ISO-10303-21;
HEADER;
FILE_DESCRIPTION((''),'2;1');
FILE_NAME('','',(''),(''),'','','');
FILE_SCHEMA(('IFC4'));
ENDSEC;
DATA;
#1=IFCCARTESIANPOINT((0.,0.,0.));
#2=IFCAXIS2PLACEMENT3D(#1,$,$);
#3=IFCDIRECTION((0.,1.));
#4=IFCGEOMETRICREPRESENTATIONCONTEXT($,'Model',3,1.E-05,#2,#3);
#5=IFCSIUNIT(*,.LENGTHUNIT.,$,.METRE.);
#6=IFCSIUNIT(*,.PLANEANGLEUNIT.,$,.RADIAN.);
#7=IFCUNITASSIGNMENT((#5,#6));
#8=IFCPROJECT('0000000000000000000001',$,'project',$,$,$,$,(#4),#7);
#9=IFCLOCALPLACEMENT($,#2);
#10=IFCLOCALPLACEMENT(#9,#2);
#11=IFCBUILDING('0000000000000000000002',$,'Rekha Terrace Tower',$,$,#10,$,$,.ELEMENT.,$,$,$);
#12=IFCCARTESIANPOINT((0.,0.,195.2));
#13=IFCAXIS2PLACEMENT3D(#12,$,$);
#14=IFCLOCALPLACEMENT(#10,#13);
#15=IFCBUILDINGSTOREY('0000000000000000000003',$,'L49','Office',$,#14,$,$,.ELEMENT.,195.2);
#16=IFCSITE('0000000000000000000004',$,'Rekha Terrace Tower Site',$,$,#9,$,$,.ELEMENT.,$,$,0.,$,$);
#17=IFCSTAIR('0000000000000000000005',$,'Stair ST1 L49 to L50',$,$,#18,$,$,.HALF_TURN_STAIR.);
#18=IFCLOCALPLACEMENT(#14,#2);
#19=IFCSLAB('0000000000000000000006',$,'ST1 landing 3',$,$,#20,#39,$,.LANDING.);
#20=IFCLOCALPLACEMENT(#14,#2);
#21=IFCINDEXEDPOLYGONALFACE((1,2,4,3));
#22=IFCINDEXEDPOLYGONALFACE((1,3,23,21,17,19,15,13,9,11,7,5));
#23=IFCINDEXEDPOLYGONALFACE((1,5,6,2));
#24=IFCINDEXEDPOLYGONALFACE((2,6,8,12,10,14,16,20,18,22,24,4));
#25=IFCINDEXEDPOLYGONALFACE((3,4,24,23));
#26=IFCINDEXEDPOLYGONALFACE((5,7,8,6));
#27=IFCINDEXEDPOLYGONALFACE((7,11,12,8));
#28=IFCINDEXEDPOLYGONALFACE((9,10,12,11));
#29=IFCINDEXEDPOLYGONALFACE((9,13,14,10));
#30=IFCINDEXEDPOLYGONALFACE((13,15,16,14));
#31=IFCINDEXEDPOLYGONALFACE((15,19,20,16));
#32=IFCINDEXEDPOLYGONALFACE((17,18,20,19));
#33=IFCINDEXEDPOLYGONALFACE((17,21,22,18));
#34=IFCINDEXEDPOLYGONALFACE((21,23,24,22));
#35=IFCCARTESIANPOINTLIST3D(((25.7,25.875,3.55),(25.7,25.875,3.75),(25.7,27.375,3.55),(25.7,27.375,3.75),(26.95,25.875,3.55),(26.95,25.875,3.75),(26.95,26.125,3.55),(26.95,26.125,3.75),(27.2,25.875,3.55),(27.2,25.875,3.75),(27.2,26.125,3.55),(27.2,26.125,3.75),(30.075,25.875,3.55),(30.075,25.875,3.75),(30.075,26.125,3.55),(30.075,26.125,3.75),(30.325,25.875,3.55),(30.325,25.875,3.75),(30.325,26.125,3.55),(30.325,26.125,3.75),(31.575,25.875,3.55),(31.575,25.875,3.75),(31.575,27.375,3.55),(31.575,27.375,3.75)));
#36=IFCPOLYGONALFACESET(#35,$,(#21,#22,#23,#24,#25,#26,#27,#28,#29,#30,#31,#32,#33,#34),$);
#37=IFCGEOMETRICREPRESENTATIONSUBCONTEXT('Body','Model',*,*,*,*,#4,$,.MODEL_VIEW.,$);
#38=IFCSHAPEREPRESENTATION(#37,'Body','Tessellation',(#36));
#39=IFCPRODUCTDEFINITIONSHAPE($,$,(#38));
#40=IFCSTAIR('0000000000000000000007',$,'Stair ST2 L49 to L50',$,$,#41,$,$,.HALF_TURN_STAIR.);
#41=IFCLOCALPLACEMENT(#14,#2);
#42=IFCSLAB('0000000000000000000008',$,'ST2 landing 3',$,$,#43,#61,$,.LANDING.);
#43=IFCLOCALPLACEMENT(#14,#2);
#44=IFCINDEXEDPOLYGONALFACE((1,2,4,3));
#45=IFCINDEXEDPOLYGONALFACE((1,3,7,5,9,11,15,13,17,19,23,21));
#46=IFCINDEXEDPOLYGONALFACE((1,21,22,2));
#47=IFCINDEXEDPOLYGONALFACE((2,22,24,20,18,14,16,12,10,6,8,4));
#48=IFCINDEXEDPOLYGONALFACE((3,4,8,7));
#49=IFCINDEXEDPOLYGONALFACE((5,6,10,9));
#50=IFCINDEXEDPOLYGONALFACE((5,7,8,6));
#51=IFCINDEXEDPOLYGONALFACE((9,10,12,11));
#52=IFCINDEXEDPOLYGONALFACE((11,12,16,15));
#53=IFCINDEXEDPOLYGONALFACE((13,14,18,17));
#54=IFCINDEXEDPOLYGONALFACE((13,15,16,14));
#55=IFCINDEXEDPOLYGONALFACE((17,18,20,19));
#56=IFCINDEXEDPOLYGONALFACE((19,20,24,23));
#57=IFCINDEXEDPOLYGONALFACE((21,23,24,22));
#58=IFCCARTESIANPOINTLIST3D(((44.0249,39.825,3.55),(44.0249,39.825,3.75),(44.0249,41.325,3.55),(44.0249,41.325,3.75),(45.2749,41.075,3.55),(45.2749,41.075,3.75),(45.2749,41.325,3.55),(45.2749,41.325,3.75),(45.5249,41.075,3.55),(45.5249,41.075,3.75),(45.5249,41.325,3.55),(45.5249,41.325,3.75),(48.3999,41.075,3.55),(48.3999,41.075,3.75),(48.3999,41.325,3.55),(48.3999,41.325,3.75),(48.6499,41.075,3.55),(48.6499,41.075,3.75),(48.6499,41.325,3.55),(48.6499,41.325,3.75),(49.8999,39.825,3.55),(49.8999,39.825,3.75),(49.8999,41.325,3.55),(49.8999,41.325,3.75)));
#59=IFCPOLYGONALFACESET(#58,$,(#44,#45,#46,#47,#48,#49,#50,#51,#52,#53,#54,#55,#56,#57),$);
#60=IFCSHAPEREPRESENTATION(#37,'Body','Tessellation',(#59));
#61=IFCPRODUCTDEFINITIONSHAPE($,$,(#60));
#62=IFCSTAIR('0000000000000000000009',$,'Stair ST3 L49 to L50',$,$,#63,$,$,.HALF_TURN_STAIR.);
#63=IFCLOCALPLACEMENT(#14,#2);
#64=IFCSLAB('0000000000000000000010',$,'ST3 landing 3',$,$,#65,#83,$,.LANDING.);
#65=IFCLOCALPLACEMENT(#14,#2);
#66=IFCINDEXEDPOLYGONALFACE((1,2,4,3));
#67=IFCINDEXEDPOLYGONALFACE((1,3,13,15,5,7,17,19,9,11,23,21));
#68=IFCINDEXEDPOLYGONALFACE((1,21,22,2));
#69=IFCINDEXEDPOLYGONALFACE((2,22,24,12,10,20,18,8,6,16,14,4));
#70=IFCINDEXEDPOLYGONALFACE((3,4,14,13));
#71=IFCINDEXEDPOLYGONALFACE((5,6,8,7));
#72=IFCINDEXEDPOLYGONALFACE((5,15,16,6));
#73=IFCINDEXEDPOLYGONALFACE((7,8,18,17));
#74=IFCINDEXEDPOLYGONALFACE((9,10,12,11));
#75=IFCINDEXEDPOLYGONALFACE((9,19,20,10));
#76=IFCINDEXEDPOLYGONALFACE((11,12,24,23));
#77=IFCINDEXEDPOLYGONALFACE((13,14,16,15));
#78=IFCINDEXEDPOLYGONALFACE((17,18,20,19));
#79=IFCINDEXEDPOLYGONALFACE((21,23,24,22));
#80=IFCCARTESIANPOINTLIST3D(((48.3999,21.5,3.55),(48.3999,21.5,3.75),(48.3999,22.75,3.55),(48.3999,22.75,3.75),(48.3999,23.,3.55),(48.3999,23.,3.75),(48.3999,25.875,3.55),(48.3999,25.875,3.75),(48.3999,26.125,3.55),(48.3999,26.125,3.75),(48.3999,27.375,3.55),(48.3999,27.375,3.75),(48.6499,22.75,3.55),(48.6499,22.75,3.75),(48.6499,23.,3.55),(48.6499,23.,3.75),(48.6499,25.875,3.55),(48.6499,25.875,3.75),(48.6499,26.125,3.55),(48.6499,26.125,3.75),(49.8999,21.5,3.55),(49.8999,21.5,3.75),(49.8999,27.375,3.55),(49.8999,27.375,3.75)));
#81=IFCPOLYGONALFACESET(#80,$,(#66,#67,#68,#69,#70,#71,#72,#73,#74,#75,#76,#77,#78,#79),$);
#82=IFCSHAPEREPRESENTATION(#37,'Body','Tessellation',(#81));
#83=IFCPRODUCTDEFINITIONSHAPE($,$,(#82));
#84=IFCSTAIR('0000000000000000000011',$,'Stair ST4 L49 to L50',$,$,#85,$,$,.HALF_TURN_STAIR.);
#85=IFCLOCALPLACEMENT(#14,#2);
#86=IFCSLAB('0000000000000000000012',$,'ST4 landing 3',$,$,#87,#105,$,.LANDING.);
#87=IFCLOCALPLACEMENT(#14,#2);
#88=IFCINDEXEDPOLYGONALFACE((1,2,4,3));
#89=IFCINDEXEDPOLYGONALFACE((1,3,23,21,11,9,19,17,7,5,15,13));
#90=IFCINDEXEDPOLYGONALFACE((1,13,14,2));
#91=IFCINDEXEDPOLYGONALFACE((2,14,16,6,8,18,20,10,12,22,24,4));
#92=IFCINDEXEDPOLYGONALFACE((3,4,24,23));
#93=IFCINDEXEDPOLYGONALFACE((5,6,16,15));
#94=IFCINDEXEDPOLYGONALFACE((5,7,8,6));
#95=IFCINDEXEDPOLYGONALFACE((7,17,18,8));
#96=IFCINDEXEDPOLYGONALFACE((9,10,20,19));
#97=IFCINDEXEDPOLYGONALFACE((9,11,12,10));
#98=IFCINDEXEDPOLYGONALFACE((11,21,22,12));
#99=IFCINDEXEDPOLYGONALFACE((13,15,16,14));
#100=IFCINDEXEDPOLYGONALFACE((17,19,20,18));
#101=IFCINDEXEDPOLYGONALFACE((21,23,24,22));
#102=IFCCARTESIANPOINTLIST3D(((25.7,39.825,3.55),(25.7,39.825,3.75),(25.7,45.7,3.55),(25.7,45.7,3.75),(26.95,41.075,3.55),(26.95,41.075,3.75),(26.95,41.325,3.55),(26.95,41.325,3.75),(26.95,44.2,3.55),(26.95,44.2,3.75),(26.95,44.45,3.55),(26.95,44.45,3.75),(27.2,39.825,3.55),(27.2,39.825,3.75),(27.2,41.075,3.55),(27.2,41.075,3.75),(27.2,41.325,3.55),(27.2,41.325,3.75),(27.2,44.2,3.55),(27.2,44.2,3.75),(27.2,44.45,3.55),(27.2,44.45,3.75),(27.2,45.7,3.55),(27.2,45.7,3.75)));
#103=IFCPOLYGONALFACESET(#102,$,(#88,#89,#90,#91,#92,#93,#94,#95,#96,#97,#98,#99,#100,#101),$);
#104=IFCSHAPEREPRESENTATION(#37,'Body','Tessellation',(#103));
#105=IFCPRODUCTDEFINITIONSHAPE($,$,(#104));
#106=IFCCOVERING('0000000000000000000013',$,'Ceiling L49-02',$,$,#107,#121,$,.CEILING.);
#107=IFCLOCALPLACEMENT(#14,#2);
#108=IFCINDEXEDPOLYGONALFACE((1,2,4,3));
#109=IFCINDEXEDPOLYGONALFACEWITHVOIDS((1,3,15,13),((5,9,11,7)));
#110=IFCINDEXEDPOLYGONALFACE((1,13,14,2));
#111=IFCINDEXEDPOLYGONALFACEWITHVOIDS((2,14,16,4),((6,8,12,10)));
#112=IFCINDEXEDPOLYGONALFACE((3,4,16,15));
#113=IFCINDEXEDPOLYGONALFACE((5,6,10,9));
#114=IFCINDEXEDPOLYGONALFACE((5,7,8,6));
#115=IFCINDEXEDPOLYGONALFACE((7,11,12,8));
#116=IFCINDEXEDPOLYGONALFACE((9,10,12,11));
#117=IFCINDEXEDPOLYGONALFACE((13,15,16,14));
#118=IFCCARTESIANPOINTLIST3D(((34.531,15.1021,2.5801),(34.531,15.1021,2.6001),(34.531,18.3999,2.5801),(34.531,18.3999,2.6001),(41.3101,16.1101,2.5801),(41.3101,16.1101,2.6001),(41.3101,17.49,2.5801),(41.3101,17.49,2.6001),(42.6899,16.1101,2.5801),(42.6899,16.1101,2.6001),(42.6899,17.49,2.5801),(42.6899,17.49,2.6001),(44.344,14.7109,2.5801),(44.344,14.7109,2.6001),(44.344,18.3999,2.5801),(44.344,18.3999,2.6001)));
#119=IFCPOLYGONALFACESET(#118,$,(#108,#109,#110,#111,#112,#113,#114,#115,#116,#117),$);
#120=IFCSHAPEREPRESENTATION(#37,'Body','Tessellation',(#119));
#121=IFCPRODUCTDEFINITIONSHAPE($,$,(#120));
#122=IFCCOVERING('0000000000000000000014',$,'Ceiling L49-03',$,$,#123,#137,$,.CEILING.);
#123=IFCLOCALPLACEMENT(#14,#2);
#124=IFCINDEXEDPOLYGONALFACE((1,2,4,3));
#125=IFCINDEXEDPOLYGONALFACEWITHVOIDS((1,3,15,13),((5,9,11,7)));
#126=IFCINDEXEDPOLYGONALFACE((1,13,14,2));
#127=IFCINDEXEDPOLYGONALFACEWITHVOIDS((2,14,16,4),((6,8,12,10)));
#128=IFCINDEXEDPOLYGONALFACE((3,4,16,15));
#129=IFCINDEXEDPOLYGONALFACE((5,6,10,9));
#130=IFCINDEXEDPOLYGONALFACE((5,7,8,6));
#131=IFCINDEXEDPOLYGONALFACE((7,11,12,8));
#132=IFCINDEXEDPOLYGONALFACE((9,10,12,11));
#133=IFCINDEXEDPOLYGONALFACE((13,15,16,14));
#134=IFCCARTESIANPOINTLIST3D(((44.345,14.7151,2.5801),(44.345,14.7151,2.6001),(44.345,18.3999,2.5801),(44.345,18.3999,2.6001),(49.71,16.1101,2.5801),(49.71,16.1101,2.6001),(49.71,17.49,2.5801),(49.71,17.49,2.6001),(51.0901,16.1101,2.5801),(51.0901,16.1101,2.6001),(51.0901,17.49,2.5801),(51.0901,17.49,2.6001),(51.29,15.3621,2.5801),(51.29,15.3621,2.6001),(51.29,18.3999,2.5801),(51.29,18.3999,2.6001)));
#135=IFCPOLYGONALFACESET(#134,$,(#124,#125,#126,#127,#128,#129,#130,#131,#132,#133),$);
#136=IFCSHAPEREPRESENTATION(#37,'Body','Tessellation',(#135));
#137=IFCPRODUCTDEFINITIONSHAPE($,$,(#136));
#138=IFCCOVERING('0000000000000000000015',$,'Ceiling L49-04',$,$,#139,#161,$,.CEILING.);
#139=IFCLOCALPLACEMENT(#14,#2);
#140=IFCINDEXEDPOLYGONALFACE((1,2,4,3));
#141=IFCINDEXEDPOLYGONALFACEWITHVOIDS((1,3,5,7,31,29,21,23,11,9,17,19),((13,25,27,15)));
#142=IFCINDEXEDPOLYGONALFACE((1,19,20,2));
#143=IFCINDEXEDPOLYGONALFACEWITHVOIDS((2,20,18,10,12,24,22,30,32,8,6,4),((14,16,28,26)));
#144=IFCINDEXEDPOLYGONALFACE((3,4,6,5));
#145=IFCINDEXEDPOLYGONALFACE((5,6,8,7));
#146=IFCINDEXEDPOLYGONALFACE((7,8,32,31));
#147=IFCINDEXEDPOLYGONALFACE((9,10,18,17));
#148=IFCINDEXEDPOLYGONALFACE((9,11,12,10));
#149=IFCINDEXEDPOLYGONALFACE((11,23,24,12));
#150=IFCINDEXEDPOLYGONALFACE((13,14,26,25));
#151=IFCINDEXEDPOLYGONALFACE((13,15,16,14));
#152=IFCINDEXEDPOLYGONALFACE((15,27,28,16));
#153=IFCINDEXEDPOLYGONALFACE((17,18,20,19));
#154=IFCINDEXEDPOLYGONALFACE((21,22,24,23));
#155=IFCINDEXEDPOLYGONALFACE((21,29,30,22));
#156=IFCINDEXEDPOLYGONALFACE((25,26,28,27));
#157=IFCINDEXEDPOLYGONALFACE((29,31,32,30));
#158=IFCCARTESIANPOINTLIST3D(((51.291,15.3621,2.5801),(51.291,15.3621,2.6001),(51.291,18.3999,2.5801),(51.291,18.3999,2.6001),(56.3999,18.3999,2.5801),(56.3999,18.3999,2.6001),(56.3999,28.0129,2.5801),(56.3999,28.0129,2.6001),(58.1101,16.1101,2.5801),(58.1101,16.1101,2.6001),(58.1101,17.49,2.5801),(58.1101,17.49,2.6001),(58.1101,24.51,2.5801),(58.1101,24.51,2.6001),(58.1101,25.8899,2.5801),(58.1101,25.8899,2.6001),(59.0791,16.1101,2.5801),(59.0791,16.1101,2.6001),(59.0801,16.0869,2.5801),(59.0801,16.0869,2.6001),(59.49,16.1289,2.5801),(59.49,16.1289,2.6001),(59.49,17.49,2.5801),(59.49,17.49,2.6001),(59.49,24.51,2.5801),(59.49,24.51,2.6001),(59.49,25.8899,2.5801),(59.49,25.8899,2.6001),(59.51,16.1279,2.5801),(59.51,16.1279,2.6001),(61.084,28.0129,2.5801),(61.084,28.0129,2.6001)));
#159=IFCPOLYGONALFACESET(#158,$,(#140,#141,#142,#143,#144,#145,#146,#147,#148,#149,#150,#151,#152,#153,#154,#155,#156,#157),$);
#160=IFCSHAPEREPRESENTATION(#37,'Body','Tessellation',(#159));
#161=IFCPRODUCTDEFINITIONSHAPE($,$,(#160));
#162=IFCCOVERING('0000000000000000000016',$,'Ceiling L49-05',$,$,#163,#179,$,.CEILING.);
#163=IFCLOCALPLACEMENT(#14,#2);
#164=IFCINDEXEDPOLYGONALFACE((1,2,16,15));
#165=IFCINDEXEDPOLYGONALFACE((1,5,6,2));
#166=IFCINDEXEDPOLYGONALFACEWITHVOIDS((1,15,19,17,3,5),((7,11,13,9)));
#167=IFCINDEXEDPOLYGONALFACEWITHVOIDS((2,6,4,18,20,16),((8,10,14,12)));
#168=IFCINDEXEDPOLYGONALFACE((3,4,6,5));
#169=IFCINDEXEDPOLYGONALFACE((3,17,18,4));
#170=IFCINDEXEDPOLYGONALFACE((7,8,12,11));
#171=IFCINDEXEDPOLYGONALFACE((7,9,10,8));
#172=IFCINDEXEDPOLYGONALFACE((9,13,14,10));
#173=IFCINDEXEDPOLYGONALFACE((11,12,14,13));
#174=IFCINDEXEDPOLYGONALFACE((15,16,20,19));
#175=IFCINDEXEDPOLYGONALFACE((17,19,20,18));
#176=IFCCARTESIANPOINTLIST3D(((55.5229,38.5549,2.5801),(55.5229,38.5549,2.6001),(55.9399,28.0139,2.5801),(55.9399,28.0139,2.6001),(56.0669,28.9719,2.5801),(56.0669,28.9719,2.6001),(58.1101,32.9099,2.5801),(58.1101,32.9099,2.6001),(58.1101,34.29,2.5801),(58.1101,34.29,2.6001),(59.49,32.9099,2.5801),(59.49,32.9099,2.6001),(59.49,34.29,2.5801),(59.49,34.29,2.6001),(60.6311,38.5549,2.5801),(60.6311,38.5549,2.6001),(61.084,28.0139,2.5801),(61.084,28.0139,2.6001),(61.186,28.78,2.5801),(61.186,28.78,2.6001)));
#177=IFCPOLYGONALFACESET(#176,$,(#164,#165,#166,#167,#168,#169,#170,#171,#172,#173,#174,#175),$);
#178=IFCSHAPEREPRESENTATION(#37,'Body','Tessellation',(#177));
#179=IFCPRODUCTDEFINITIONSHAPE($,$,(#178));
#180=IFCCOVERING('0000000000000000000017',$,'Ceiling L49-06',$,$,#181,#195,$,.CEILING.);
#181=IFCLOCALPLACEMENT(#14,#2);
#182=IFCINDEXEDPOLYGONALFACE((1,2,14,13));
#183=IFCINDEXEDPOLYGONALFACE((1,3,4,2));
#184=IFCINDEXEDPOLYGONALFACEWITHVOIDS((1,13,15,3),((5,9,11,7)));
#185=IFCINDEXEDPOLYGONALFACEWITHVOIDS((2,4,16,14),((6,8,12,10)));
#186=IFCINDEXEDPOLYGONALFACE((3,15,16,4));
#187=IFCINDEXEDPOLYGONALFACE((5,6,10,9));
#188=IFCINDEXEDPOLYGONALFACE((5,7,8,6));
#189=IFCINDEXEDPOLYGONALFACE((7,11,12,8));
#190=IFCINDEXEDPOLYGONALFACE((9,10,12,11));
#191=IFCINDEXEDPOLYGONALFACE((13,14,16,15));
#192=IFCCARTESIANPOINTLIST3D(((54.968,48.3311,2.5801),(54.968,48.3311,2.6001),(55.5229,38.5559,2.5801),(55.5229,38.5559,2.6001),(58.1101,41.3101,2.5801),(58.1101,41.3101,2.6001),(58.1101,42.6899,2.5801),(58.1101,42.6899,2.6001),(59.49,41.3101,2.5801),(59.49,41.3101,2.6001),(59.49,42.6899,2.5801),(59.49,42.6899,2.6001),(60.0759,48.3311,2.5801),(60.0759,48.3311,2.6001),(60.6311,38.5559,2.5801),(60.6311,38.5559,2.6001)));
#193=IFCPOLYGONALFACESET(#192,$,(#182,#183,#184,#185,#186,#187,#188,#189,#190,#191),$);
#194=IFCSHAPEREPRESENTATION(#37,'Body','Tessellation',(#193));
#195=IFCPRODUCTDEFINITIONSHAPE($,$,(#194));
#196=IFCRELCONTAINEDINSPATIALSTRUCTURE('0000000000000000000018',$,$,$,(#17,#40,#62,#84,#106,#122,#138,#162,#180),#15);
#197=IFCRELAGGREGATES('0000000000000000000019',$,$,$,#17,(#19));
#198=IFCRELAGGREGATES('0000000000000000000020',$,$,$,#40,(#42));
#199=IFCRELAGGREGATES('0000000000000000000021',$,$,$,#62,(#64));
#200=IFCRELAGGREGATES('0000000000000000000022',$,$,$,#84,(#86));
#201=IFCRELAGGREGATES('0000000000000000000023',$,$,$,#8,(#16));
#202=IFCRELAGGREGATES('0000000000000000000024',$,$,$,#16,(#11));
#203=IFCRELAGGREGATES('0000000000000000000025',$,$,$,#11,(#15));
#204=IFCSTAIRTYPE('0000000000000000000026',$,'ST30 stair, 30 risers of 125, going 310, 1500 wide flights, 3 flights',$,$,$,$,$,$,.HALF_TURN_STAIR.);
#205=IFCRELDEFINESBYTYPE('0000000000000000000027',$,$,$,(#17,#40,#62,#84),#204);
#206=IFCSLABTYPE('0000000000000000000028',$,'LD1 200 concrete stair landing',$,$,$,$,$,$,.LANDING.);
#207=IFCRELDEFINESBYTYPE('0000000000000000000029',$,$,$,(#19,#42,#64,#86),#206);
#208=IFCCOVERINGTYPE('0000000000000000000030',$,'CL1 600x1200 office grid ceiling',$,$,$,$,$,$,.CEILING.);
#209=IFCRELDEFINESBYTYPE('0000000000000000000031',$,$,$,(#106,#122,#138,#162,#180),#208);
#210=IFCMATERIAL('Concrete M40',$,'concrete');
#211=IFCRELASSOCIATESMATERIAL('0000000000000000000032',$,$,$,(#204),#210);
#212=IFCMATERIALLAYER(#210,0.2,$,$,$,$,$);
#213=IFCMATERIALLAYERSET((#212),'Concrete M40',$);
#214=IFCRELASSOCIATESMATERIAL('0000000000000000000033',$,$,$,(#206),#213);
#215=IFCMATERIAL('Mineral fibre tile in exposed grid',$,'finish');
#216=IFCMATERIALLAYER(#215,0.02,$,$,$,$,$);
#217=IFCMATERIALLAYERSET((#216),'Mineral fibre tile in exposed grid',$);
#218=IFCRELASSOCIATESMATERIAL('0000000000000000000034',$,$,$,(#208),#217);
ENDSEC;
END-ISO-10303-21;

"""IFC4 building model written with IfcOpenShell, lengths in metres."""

from ifc_helpers import new_model, si_unit, direction, frame, origin, place, context, subcontext, project, spatial, polyline, outline, extrude, material, layer, layer_set, type_object, element, aggregate, save


model = new_model("IFC4")

# Units and contexts
model_context = context("Model", 3, precision=1e-05, world=origin(), true_north=direction((0.0, 1.0)))
body_context = subcontext(model_context, "Body", "Model", "MODEL_VIEW")
ifc_project = project(units=[si_unit("LENGTHUNIT", "METRE"), si_unit("PLANEANGLEUNIT", "RADIAN")], contexts=[model_context])

# Site, building, storey
site_placement = place(None, origin())
site = spatial("IfcSite", under=ifc_project, at=site_placement, Name="Rekha Terrace Tower Site", CompositionType="ELEMENT", RefElevation=0.0)
building_placement = place(site_placement, origin())
building = spatial("IfcBuilding", under=site, at=building_placement, Name="Rekha Terrace Tower", CompositionType="ELEMENT")
storey_placement = place(building_placement, frame((0.0, 0.0, 195.2)))
storey = spatial("IfcBuildingStorey", under=building, at=storey_placement, Name="L49", Description="Office", CompositionType="ELEMENT", Elevation=195.2)

# Stairs, slabs
ifc_material_1 = material(Name="Concrete M40", Category="concrete")
stair_type = type_object("IfcStairType", Name="ST30 stair, 30 risers of 125, going 310, 1500 wide flights, 3 flights", PredefinedType="HALF_TURN_STAIR", material=ifc_material_1)
stair_1_placement = place(storey_placement, origin())
stair_1 = element("IfcStair", 1, at=stair_1_placement, inside=storey, type_object=stair_type, Name="Stair ST1 L49 to L50", PredefinedType="HALF_TURN_STAIR")
ifc_layer_1 = layer(ifc_material_1, 0.2)
ifc_layer_set_1 = layer_set([ifc_layer_1], Name="Concrete M40")
slab_type = type_object("IfcSlabType", Name="LD1 200 concrete stair landing", PredefinedType="LANDING", material=ifc_layer_set_1)
slab_1_placement = place(storey_placement, frame((0.0, 0.0, 3.55)))
slab_1 = element("IfcSlab", 2, at=slab_1_placement, type_object=slab_type, Name="ST1 landing 3", PredefinedType="LANDING", context=body_context, shape_type="SweptSolid", body=[
    extrude(outline(polyline([(31.575, 25.875), (31.575, 27.375), (25.7, 27.375), (25.7, 25.875), (26.95, 25.875), (26.95, 26.125), (27.2, 26.125), (27.2, 25.875), (30.075, 25.875), (30.075, 26.125), (30.325, 26.125), (30.325, 25.875), (31.575, 25.875)])), origin(), (0.0, 0.0, 1.0), 0.2),
])
aggregate(stair_1, [slab_1])
stair_2_placement = place(storey_placement, origin())
stair_2 = element("IfcStair", 3, at=stair_2_placement, inside=storey, type_object=stair_type, Name="Stair ST2 L49 to L50", PredefinedType="HALF_TURN_STAIR")
slab_2_placement = place(storey_placement, frame((0.0, 0.0, 3.55)))
slab_2 = element("IfcSlab", 4, at=slab_2_placement, type_object=slab_type, Name="ST2 landing 3", PredefinedType="LANDING", context=body_context, shape_type="SweptSolid", body=[
    extrude(outline(polyline([(44.0249, 41.325), (44.0249, 39.825), (49.8999, 39.825), (49.8999, 41.325), (48.6499, 41.325), (48.6499, 41.075), (48.3999, 41.075), (48.3999, 41.325), (45.5249, 41.325), (45.5249, 41.075), (45.2749, 41.075), (45.2749, 41.325), (44.0249, 41.325)])), origin(), (0.0, 0.0, 1.0), 0.2),
])
aggregate(stair_2, [slab_2])
stair_3_placement = place(storey_placement, origin())
stair_3 = element("IfcStair", 5, at=stair_3_placement, inside=storey, type_object=stair_type, Name="Stair ST3 L49 to L50", PredefinedType="HALF_TURN_STAIR")
slab_3_placement = place(storey_placement, frame((0.0, 0.0, 3.55)))
slab_3 = element("IfcSlab", 6, at=slab_3_placement, type_object=slab_type, Name="ST3 landing 3", PredefinedType="LANDING", context=body_context, shape_type="SweptSolid", body=[
    extrude(outline(polyline([(48.3999, 21.5), (49.8999, 21.5), (49.8999, 27.375), (48.3999, 27.375), (48.3999, 26.125), (48.6499, 26.125), (48.6499, 25.875), (48.3999, 25.875), (48.3999, 23.0), (48.6499, 23.0), (48.6499, 22.75), (48.3999, 22.75), (48.3999, 21.5)])), origin(), (0.0, 0.0, 1.0), 0.2),
])
aggregate(stair_3, [slab_3])
stair_4_placement = place(storey_placement, origin())
stair_4 = element("IfcStair", 7, at=stair_4_placement, inside=storey, type_object=stair_type, Name="Stair ST4 L49 to L50", PredefinedType="HALF_TURN_STAIR")
slab_4_placement = place(storey_placement, frame((0.0, 0.0, 3.55)))
slab_4 = element("IfcSlab", 8, at=slab_4_placement, type_object=slab_type, Name="ST4 landing 3", PredefinedType="LANDING", context=body_context, shape_type="SweptSolid", body=[
    extrude(outline(polyline([(27.2, 39.825), (25.7, 39.825), (25.7, 45.7), (27.2, 45.7), (27.2, 44.45), (26.95, 44.45), (26.95, 44.2), (27.2, 44.2), (27.2, 41.325), (26.95, 41.325), (26.95, 41.075), (27.2, 41.075), (27.2, 39.825)])), origin(), (0.0, 0.0, 1.0), 0.2),
])
aggregate(stair_4, [slab_4])

# Coverings
ifc_material_2 = material(Name="Mineral fibre tile in exposed grid", Category="finish")
ifc_layer_2 = layer(ifc_material_2, 0.02)
ifc_layer_set_2 = layer_set([ifc_layer_2], Name="Mineral fibre tile in exposed grid")
covering_type_1 = type_object("IfcCoveringType", Name="CL1 600x1200 office grid ceiling", PredefinedType="CEILING", material=ifc_layer_set_2)
covering_1_placement = place(storey_placement, frame((0.0, 0.0, 2.5801)))
element("IfcCovering", 9, at=covering_1_placement, inside=storey, type_object=covering_type_1, Name="Ceiling L49-02", PredefinedType="CEILING", context=body_context, shape_type="SweptSolid", body=[
    extrude(outline(polyline([(44.344, 18.3999), (34.531, 18.3999), (34.531, 15.1021), (44.344, 14.7109), (44.344, 18.3999)]), holes=[polyline([(42.6899, 17.49), (42.6899, 16.1101), (41.3101, 16.1101), (41.3101, 17.49), (42.6899, 17.49)])]), origin(), (0.0, 0.0, 1.0), 0.02),
])
covering_2_placement = place(storey_placement, frame((0.0, 0.0, 2.5801)))
element("IfcCovering", 10, at=covering_2_placement, inside=storey, type_object=covering_type_1, Name="Ceiling L49-03", PredefinedType="CEILING", context=body_context, shape_type="SweptSolid", body=[
    extrude(outline(polyline([(51.29, 15.3621), (51.29, 18.3999), (44.345, 18.3999), (44.345, 14.7151), (51.29, 15.3621)]), holes=[polyline([(51.0901, 16.1101), (49.71, 16.1101), (49.71, 17.49), (51.0901, 17.49), (51.0901, 16.1101)])]), origin(), (0.0, 0.0, 1.0), 0.02),
])
covering_3_placement = place(storey_placement, frame((0.0, 0.0, 2.5801)))
element("IfcCovering", 11, at=covering_3_placement, inside=storey, type_object=covering_type_1, Name="Ceiling L49-04", PredefinedType="CEILING", context=body_context, shape_type="SweptSolid", body=[
    extrude(outline(polyline([(59.49, 16.1289), (59.51, 16.1279), (61.084, 28.0129), (56.3999, 28.0129), (56.3999, 18.3999), (51.291, 18.3999), (51.291, 15.3621), (59.0801, 16.0869), (59.0791, 16.1101), (58.1101, 16.1101), (58.1101, 17.49), (59.49, 17.49), (59.49, 16.1289)]), holes=[polyline([(59.49, 24.51), (58.1101, 24.51), (58.1101, 25.8899), (59.49, 25.8899), (59.49, 24.51)])]), origin(), (0.0, 0.0, 1.0), 0.02),
])
covering_4_placement = place(storey_placement, frame((0.0, 0.0, 2.5801)))
element("IfcCovering", 12, at=covering_4_placement, inside=storey, type_object=covering_type_1, Name="Ceiling L49-05", PredefinedType="CEILING", context=body_context, shape_type="SweptSolid", body=[
    extrude(outline(polyline([(55.5229, 38.5549), (56.0669, 28.9719), (55.9399, 28.0139), (61.084, 28.0139), (61.186, 28.78), (60.6311, 38.5549), (55.5229, 38.5549)]), holes=[polyline([(59.49, 34.29), (59.49, 32.9099), (58.1101, 32.9099), (58.1101, 34.29), (59.49, 34.29)])]), origin(), (0.0, 0.0, 1.0), 0.02),
])
covering_5_placement = place(storey_placement, frame((0.0, 0.0, 2.5801)))
element("IfcCovering", 13, at=covering_5_placement, inside=storey, type_object=covering_type_1, Name="Ceiling L49-06", PredefinedType="CEILING", context=body_context, shape_type="SweptSolid", body=[
    extrude(outline(polyline([(55.5229, 38.5559), (60.6311, 38.5559), (60.0759, 48.3311), (54.968, 48.3311), (55.5229, 38.5559)]), holes=[polyline([(59.49, 41.3101), (58.1101, 41.3101), (58.1101, 42.6899), (59.49, 42.6899), (59.49, 41.3101)])]), origin(), (0.0, 0.0, 1.0), 0.02),
])

save(model, "model.ifc")
